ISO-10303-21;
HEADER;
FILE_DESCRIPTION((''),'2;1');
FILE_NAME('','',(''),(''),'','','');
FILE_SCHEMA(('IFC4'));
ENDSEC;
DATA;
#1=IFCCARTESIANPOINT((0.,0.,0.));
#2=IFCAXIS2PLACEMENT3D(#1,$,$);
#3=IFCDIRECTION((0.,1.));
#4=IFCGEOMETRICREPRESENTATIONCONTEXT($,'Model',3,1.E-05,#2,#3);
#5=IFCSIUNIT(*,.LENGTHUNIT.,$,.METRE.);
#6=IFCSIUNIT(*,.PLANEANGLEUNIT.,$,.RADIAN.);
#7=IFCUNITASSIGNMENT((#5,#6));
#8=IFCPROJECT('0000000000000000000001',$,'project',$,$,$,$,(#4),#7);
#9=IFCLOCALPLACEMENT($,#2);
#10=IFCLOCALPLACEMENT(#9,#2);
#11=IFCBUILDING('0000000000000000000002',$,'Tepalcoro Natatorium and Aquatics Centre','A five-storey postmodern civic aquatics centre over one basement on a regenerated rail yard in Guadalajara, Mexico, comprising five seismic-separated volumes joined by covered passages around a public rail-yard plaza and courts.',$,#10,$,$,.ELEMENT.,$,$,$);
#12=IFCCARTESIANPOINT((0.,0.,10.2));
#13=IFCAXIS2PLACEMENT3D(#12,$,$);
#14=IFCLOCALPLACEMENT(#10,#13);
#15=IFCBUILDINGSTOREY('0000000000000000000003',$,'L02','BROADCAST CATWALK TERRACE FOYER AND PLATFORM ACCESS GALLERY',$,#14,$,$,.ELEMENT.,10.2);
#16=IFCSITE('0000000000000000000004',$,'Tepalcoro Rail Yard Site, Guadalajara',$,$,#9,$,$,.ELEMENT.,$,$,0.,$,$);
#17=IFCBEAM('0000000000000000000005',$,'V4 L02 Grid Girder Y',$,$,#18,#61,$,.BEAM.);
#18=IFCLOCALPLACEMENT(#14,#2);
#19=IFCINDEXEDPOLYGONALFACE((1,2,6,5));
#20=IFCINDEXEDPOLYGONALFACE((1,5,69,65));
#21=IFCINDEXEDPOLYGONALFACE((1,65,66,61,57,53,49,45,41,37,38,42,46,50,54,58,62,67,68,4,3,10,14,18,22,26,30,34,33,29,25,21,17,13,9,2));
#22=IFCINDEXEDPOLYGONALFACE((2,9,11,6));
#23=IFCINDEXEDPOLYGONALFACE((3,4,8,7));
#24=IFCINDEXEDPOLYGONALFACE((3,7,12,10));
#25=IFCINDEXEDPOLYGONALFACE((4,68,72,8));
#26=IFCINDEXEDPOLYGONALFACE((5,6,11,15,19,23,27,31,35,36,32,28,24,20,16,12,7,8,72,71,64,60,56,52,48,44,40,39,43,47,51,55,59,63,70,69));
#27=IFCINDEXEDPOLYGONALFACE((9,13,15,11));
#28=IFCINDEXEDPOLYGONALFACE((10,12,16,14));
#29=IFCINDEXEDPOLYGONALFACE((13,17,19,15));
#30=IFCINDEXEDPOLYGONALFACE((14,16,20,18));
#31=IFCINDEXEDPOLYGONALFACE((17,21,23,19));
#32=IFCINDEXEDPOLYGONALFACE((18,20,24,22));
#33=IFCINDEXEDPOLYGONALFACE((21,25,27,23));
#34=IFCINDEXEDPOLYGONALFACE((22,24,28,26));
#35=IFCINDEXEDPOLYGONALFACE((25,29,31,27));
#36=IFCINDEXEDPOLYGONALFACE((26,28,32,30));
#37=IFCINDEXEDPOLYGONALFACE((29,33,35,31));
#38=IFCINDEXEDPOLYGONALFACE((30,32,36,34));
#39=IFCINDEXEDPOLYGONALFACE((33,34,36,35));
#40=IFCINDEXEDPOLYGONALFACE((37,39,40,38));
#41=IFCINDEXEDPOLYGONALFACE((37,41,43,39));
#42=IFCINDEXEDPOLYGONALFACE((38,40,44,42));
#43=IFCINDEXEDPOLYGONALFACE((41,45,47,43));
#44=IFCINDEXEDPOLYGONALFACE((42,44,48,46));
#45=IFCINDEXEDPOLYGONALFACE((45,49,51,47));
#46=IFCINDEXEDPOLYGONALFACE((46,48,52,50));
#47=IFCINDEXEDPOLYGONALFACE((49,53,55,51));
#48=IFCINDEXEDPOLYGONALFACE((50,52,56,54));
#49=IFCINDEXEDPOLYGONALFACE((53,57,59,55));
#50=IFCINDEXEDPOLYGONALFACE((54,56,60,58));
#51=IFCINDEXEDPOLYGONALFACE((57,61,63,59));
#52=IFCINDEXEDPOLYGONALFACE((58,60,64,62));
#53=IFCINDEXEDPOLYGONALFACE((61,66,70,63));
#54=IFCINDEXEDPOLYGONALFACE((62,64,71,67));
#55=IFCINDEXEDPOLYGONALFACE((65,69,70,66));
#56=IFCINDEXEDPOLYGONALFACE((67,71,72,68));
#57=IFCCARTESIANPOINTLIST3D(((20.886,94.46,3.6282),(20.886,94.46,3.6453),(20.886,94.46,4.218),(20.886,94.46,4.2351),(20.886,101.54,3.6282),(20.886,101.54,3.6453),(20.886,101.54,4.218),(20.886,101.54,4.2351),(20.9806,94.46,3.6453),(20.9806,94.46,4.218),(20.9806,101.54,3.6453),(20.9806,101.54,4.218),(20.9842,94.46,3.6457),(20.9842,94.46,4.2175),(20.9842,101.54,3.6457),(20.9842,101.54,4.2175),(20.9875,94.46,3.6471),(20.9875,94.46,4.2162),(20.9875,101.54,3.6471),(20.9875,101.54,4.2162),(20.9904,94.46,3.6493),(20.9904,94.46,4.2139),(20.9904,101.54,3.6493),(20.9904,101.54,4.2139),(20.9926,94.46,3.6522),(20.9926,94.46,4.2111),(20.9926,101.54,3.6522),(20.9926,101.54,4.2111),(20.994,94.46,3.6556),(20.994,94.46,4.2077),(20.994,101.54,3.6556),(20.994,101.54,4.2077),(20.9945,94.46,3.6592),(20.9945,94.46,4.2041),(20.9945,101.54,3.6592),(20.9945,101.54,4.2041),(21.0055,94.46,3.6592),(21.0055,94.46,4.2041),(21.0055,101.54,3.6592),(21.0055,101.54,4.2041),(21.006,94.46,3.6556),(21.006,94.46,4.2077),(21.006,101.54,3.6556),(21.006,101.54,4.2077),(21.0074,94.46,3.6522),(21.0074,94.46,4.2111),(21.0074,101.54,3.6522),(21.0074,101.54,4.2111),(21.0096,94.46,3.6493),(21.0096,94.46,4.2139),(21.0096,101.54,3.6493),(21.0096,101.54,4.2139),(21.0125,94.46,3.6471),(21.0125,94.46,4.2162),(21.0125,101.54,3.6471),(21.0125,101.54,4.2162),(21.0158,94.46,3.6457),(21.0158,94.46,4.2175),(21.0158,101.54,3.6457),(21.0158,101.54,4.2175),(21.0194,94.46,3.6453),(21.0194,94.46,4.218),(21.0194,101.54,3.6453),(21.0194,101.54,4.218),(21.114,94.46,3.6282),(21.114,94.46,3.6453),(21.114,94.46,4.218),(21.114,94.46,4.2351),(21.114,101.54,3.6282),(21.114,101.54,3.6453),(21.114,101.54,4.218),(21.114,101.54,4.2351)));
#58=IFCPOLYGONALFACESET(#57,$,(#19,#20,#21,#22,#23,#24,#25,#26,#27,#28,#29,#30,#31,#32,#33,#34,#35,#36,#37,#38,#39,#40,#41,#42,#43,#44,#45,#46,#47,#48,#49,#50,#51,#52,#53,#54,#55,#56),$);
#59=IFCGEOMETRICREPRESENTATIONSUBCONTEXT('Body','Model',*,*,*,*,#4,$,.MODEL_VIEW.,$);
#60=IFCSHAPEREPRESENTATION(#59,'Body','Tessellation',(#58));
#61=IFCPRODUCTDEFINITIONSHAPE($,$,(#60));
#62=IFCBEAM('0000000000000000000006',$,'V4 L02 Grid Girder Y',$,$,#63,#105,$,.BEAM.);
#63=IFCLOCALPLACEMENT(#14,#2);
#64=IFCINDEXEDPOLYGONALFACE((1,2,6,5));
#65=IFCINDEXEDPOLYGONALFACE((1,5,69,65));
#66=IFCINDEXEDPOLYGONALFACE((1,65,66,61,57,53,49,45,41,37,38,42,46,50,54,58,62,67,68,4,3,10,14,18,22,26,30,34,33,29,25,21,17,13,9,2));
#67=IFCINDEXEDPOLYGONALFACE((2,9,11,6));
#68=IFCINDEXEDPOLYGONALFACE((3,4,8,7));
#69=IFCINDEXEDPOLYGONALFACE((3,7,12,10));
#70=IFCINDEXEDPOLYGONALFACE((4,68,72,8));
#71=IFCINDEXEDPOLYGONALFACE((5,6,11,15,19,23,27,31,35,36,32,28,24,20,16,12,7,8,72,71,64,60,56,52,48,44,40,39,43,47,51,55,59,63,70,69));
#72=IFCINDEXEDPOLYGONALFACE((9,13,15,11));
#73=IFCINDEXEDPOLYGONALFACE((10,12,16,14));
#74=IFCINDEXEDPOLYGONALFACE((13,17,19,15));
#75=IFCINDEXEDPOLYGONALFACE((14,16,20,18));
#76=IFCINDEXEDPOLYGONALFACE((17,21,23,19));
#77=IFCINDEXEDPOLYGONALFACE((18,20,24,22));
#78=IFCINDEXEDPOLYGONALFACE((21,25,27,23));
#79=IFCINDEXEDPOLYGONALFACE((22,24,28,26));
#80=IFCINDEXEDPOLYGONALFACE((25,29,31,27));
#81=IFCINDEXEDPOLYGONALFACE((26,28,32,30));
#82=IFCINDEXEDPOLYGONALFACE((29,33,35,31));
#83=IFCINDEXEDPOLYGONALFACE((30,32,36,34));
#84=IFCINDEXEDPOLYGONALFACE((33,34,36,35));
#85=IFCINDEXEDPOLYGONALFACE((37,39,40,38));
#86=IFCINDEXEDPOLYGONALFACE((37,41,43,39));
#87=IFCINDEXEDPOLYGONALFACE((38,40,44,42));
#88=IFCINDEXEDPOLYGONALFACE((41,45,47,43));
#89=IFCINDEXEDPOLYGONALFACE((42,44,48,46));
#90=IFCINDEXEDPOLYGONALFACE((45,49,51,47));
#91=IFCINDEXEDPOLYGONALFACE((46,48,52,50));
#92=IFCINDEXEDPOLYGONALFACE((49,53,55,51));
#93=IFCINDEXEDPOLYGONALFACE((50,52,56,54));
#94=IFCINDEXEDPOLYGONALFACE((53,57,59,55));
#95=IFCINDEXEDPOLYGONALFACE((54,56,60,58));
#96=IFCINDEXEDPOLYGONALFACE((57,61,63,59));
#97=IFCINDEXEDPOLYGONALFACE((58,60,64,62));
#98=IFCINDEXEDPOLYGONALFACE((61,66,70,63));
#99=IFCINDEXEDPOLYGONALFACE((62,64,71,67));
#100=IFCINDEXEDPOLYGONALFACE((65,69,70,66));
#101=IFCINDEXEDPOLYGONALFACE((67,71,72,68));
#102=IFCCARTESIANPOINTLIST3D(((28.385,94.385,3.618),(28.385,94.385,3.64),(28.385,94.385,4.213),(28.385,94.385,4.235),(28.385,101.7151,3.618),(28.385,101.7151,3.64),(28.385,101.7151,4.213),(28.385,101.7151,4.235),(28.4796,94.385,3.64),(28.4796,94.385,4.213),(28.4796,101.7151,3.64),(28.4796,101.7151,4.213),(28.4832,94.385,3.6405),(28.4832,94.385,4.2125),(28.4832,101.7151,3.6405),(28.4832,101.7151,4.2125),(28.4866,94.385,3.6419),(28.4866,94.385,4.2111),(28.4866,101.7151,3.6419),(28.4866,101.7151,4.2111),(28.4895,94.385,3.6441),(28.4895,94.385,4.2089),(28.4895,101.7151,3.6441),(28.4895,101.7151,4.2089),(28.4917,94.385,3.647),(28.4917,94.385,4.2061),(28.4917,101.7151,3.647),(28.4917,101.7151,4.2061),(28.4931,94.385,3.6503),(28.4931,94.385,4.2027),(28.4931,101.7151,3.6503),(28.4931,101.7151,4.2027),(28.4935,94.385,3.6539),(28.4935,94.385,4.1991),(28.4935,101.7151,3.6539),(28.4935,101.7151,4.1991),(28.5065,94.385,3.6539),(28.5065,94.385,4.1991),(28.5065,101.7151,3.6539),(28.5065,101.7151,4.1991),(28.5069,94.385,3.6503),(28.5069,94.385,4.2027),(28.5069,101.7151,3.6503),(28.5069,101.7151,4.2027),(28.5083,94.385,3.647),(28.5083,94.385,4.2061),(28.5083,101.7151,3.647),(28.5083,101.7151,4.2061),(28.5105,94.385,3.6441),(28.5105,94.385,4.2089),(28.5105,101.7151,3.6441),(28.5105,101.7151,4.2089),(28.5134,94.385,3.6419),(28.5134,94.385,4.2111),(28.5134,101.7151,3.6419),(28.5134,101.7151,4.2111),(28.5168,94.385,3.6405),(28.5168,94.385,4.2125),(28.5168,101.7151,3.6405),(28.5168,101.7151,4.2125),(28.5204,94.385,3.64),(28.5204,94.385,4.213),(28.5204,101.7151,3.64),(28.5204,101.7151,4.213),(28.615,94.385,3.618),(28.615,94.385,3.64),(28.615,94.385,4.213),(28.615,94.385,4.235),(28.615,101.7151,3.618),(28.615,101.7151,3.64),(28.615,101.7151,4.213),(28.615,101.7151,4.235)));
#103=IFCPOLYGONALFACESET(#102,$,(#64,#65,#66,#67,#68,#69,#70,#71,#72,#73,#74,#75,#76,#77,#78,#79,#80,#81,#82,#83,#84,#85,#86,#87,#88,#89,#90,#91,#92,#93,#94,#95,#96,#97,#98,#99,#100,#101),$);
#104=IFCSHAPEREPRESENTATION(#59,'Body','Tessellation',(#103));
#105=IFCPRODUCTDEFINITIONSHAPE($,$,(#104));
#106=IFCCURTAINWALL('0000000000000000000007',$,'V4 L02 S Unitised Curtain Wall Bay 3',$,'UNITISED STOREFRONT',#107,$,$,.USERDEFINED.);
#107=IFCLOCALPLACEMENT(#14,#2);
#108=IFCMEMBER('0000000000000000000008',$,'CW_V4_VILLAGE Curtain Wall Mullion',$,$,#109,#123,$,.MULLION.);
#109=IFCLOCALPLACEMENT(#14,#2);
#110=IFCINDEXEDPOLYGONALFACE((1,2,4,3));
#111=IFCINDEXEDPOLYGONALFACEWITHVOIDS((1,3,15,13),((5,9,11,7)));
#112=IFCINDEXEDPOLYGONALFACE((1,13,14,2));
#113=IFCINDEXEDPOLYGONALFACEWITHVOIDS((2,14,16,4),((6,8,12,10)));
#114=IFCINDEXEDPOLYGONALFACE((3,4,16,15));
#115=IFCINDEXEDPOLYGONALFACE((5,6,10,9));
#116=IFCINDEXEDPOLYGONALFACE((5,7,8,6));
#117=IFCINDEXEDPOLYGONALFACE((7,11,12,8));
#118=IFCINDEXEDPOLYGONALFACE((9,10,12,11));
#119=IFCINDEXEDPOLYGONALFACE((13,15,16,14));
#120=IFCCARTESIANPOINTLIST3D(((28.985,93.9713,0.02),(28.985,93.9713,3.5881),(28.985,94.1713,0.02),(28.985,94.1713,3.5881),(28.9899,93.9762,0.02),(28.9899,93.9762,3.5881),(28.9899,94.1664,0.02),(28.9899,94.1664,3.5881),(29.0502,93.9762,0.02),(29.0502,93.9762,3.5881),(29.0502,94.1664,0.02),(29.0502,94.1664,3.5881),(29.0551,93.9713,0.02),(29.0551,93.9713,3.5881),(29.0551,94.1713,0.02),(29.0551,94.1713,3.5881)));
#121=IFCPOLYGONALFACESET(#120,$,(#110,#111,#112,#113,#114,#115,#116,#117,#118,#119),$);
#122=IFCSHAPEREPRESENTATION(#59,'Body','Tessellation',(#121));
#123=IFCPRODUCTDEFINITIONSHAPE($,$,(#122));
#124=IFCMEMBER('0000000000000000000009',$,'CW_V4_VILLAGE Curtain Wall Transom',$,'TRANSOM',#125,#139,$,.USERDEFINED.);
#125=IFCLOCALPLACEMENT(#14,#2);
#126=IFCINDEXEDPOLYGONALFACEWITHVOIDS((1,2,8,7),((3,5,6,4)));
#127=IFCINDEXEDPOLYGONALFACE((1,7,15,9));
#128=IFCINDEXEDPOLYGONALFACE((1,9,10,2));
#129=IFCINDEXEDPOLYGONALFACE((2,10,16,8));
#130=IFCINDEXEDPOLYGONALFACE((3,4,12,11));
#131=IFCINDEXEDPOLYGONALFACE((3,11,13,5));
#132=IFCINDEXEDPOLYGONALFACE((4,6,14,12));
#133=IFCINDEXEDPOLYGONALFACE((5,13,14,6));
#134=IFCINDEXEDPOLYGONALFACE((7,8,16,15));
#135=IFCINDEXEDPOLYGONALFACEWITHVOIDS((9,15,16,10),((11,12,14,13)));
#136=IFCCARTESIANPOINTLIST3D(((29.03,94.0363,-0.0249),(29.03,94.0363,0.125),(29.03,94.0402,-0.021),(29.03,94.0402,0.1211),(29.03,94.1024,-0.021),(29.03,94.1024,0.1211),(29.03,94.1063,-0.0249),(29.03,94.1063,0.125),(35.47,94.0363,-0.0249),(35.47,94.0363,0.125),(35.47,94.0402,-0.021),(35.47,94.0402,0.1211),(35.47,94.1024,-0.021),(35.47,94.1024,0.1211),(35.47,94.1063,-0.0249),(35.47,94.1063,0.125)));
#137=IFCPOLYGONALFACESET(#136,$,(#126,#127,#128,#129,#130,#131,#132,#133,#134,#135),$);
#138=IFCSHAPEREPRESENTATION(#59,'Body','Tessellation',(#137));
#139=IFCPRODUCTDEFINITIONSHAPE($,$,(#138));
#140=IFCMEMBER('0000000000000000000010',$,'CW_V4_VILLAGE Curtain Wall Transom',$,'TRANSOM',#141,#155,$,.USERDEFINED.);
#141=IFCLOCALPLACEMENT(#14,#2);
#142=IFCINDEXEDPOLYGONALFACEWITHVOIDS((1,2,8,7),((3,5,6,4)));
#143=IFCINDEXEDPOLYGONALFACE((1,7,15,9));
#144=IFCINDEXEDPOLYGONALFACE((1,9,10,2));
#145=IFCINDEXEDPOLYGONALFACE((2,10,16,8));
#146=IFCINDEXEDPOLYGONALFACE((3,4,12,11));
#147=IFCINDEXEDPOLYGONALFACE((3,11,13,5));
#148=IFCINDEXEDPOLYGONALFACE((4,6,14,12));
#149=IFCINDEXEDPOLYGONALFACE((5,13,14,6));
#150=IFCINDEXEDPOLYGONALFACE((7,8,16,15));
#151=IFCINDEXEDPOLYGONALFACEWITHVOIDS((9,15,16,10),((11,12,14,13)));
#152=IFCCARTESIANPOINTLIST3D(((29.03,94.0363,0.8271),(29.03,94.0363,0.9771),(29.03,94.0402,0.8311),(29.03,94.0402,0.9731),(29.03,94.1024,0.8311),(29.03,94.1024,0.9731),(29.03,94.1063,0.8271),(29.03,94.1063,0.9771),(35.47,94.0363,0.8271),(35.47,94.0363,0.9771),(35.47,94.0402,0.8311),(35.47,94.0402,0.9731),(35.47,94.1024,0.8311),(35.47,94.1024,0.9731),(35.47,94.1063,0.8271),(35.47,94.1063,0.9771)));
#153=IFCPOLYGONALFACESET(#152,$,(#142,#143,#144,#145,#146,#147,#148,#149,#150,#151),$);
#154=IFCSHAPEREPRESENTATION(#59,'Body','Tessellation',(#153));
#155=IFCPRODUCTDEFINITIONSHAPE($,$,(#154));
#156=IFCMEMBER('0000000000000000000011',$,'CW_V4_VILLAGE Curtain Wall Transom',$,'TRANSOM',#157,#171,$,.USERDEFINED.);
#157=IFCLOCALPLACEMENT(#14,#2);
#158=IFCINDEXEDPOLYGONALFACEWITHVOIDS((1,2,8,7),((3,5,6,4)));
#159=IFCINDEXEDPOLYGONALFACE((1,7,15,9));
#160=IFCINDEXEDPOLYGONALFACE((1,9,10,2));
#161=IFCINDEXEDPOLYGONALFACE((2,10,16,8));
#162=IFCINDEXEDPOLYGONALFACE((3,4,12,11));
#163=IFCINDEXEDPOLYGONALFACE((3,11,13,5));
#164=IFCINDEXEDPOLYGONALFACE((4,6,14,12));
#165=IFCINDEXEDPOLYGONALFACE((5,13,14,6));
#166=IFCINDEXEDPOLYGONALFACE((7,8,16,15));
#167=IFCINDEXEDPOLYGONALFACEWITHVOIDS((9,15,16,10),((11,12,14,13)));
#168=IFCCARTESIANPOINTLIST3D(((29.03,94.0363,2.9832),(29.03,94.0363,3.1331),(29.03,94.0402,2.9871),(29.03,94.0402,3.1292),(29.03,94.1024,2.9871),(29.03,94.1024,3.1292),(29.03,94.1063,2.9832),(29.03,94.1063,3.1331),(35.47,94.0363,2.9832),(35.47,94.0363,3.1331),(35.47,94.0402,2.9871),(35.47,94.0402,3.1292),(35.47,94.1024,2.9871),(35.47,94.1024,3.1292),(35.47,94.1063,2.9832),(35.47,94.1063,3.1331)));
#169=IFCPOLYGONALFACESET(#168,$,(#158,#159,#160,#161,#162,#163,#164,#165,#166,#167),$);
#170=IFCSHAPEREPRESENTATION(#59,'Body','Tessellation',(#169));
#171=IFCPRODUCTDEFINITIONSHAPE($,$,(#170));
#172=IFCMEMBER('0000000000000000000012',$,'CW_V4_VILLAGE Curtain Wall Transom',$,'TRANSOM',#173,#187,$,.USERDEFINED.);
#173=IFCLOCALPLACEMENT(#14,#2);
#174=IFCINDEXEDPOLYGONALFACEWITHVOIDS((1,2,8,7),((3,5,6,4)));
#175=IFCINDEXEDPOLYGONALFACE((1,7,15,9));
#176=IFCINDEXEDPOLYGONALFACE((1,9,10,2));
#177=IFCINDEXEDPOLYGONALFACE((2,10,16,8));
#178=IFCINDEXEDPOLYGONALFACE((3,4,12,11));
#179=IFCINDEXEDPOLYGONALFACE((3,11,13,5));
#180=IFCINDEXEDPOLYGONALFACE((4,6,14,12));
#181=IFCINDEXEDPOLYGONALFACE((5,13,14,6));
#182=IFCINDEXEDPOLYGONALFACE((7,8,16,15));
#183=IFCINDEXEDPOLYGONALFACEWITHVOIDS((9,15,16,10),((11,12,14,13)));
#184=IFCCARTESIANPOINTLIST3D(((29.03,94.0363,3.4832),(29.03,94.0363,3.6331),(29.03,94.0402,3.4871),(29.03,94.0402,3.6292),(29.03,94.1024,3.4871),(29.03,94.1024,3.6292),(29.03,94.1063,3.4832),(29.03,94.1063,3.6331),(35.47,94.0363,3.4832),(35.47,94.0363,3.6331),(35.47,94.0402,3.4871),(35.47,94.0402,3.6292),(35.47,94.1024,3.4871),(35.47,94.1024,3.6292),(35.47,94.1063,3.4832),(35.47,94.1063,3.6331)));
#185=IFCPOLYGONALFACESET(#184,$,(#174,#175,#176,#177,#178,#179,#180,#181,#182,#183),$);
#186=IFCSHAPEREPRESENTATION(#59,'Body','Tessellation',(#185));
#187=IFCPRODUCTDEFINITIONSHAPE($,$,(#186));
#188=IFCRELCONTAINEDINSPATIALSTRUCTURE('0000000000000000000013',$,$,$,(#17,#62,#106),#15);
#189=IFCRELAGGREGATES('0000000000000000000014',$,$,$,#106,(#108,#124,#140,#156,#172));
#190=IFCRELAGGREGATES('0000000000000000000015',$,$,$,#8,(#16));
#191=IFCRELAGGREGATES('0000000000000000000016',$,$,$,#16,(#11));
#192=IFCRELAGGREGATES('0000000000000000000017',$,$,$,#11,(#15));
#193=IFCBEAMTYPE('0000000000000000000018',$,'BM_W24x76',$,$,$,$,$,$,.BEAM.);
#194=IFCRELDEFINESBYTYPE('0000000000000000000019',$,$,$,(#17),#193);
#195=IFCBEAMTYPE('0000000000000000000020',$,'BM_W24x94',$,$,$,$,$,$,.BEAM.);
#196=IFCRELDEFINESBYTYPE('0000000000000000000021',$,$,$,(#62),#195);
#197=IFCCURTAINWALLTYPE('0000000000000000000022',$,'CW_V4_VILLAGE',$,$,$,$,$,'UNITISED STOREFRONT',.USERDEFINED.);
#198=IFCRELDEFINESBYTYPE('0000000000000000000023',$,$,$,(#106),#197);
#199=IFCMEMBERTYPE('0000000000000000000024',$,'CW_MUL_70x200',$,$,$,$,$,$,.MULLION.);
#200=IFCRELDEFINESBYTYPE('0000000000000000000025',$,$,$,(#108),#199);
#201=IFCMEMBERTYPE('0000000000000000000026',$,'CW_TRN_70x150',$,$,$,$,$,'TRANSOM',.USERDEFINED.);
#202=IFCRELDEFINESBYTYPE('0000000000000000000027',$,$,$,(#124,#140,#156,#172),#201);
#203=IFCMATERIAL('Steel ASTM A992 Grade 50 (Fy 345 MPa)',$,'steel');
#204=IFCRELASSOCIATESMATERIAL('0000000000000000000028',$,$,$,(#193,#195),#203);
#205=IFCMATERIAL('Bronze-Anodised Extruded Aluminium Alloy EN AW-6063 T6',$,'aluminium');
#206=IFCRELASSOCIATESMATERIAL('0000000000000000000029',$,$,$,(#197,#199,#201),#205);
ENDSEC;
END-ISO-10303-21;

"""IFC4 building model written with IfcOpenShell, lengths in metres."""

from ifc_helpers import new_model, si_unit, direction, frame, origin, origin_2d, place, context, subcontext, project, spatial, hollow_rectangle, i_section, extrude, material, material_profile, profile_set, type_object, element, aggregate, save


model = new_model("IFC4")

# Units and contexts
model_context = context("Model", 3, precision=1e-05, world=origin(), true_north=direction((0.0, 1.0)))
body_context = subcontext(model_context, "Body", "Model", "MODEL_VIEW")
ifc_project = project(units=[si_unit("LENGTHUNIT", "METRE"), si_unit("PLANEANGLEUNIT", "RADIAN")], contexts=[model_context])

# Site, building, storey
site_placement = place(None, origin())
site = spatial("IfcSite", under=ifc_project, at=site_placement, Name="Tepalcoro Rail Yard Site, Guadalajara", CompositionType="ELEMENT", RefElevation=0.0)
building_placement = place(site_placement, origin())
building = spatial("IfcBuilding", under=site, at=building_placement, Name="Tepalcoro Natatorium and Aquatics Centre", Description="A five-storey postmodern civic aquatics centre over one basement on a regenerated rail yard in Guadalajara, Mexico, comprising five seismic-separated volumes joined by covered passages around a public rail-yard plaza and courts.", CompositionType="ELEMENT")
storey_placement = place(building_placement, frame((0.0, 0.0, 10.2)))
storey = spatial("IfcBuildingStorey", under=building, at=storey_placement, Name="L02", Description="BROADCAST CATWALK TERRACE FOYER AND PLATFORM ACCESS GALLERY", CompositionType="ELEMENT", Elevation=10.2)

# Beams
ifc_material_1 = material(Name="Steel ASTM A992 Grade 50 (Fy 345 MPa)", Category="steel")
ifc_material_profile_1 = material_profile(ifc_material_1, i_section(OverallWidth=0.228, OverallDepth=0.6069, WebThickness=0.011, FlangeThickness=0.0171, FilletRadius=0.0139, at=origin_2d()), Name="W24X76")
ifc_profile_set_1 = profile_set([ifc_material_profile_1], Name="Steel ASTM A992 Grade 50 (Fy 345 MPa)")
beam_type_1 = type_object("IfcBeamType", Name="BM_W24x76", PredefinedType="BEAM", material=ifc_profile_set_1)
beam_1_placement = place(storey_placement, frame((21.0, 94.46, 3.9316), z_axis=(0.0, 1.0, 0.0), x_axis=(-1.0, 0.0, 0.0)))
element("IfcBeam", 1, at=beam_1_placement, inside=storey, type_object=beam_type_1, Name="V4 L02 Grid Girder Y", PredefinedType="BEAM", context=body_context, shape_type="SweptSolid", body=[
    extrude(i_section(OverallWidth=0.228, OverallDepth=0.6069, WebThickness=0.011, FlangeThickness=0.0171, FilletRadius=0.0139, at=origin_2d()), origin(), (0.0, 0.0, 1.0), 7.0801),
])
ifc_material_profile_2 = material_profile(ifc_material_1, i_section(OverallWidth=0.23, OverallDepth=0.6169, WebThickness=0.0129, FlangeThickness=0.022, FilletRadius=0.0139, at=origin_2d()), Name="W24X94")
ifc_profile_set_2 = profile_set([ifc_material_profile_2], Name="Steel ASTM A992 Grade 50 (Fy 345 MPa)")
beam_type_2 = type_object("IfcBeamType", Name="BM_W24x94", PredefinedType="BEAM", material=ifc_profile_set_2)
beam_2_placement = place(storey_placement, frame((28.5, 94.385, 3.9265), z_axis=(0.0, 1.0, 0.0), x_axis=(-1.0, 0.0, 0.0)))
element("IfcBeam", 2, at=beam_2_placement, inside=storey, type_object=beam_type_2, Name="V4 L02 Grid Girder Y", PredefinedType="BEAM", context=body_context, shape_type="SweptSolid", body=[
    extrude(i_section(OverallWidth=0.23, OverallDepth=0.6169, WebThickness=0.0129, FlangeThickness=0.022, FilletRadius=0.0139, at=origin_2d()), origin(), (0.0, 0.0, 1.0), 7.3301),
])

# Curtain wall, members
ifc_material_2 = material(Name="Bronze-Anodised Extruded Aluminium Alloy EN AW-6063 T6", Category="aluminium")
curtain_wall_type = type_object("IfcCurtainWallType", Name="CW_V4_VILLAGE", ElementType="UNITISED STOREFRONT", PredefinedType="USERDEFINED", material=ifc_material_2)
curtain_wall_placement = place(storey_placement, origin())
curtain_wall = element("IfcCurtainWall", 3, at=curtain_wall_placement, inside=storey, type_object=curtain_wall_type, Name="V4 L02 S Unitised Curtain Wall Bay 3", ObjectType="UNITISED STOREFRONT", PredefinedType="USERDEFINED")
ifc_material_profile_3 = material_profile(ifc_material_2, hollow_rectangle(XDim=0.0701, YDim=0.2, WallThickness=0.0049, at=origin_2d()), Name="AL70X200X5")
ifc_profile_set_3 = profile_set([ifc_material_profile_3], Name="Bronze-Anodised Extruded Aluminium Alloy EN AW-6063 T6")
member_type_1 = type_object("IfcMemberType", Name="CW_MUL_70x200", PredefinedType="MULLION", material=ifc_profile_set_3)
member_1_placement = place(storey_placement, frame((29.02, 94.0713, 0.02), z_axis=(0.0, 0.0, 1.0), x_axis=(1.0, 0.0, 0.0)))
member_1 = element("IfcMember", 4, at=member_1_placement, type_object=member_type_1, Name="CW_V4_VILLAGE Curtain Wall Mullion", PredefinedType="MULLION", context=body_context, shape_type="SweptSolid", body=[
    extrude(hollow_rectangle(XDim=0.0701, YDim=0.2, WallThickness=0.0049, at=origin_2d()), origin(), (0.0, 0.0, 1.0), 3.5681),
])
ifc_material_profile_4 = material_profile(ifc_material_2, hollow_rectangle(XDim=0.0701, YDim=0.1499, WallThickness=0.0039, at=origin_2d()), Name="AL70X150X4")
ifc_profile_set_4 = profile_set([ifc_material_profile_4], Name="Bronze-Anodised Extruded Aluminium Alloy EN AW-6063 T6")
member_type_2 = type_object("IfcMemberType", Name="CW_TRN_70x150", ElementType="TRANSOM", PredefinedType="USERDEFINED", material=ifc_profile_set_4)
member_2_placement = place(storey_placement, frame((29.03, 94.0713, 0.05), z_axis=(1.0, 0.0, 0.0), x_axis=(0.0, 1.0, 0.0)))
member_2 = element("IfcMember", 5, at=member_2_placement, type_object=member_type_2, Name="CW_V4_VILLAGE Curtain Wall Transom", ObjectType="TRANSOM", PredefinedType="USERDEFINED", context=body_context, shape_type="SweptSolid", body=[
    extrude(hollow_rectangle(XDim=0.0701, YDim=0.1499, WallThickness=0.0039, at=origin_2d()), origin(), (0.0, 0.0, 1.0), 6.4399),
])
member_3_placement = place(storey_placement, frame((29.03, 94.0713, 0.9021), z_axis=(1.0, 0.0, 0.0), x_axis=(0.0, 1.0, 0.0)))
member_3 = element("IfcMember", 6, at=member_3_placement, type_object=member_type_2, Name="CW_V4_VILLAGE Curtain Wall Transom", ObjectType="TRANSOM", PredefinedType="USERDEFINED", context=body_context, shape_type="SweptSolid", body=[
    extrude(hollow_rectangle(XDim=0.0701, YDim=0.1499, WallThickness=0.0039, at=origin_2d()), origin(), (0.0, 0.0, 1.0), 6.4399),
])
member_4_placement = place(storey_placement, frame((29.03, 94.0713, 3.0581), z_axis=(1.0, 0.0, 0.0), x_axis=(0.0, 1.0, 0.0)))
member_4 = element("IfcMember", 7, at=member_4_placement, type_object=member_type_2, Name="CW_V4_VILLAGE Curtain Wall Transom", ObjectType="TRANSOM", PredefinedType="USERDEFINED", context=body_context, shape_type="SweptSolid", body=[
    extrude(hollow_rectangle(XDim=0.0701, YDim=0.1499, WallThickness=0.0039, at=origin_2d()), origin(), (0.0, 0.0, 1.0), 6.4399),
])
member_5_placement = place(storey_placement, frame((29.03, 94.0713, 3.5581), z_axis=(1.0, 0.0, 0.0), x_axis=(0.0, 1.0, 0.0)))
member_5 = element("IfcMember", 8, at=member_5_placement, type_object=member_type_2, Name="CW_V4_VILLAGE Curtain Wall Transom", ObjectType="TRANSOM", PredefinedType="USERDEFINED", context=body_context, shape_type="SweptSolid", body=[
    extrude(hollow_rectangle(XDim=0.0701, YDim=0.1499, WallThickness=0.0039, at=origin_2d()), origin(), (0.0, 0.0, 1.0), 6.4399),
])

aggregate(curtain_wall, [member_1, member_2, member_3, member_4, member_5])

save(model, "model.ifc")
